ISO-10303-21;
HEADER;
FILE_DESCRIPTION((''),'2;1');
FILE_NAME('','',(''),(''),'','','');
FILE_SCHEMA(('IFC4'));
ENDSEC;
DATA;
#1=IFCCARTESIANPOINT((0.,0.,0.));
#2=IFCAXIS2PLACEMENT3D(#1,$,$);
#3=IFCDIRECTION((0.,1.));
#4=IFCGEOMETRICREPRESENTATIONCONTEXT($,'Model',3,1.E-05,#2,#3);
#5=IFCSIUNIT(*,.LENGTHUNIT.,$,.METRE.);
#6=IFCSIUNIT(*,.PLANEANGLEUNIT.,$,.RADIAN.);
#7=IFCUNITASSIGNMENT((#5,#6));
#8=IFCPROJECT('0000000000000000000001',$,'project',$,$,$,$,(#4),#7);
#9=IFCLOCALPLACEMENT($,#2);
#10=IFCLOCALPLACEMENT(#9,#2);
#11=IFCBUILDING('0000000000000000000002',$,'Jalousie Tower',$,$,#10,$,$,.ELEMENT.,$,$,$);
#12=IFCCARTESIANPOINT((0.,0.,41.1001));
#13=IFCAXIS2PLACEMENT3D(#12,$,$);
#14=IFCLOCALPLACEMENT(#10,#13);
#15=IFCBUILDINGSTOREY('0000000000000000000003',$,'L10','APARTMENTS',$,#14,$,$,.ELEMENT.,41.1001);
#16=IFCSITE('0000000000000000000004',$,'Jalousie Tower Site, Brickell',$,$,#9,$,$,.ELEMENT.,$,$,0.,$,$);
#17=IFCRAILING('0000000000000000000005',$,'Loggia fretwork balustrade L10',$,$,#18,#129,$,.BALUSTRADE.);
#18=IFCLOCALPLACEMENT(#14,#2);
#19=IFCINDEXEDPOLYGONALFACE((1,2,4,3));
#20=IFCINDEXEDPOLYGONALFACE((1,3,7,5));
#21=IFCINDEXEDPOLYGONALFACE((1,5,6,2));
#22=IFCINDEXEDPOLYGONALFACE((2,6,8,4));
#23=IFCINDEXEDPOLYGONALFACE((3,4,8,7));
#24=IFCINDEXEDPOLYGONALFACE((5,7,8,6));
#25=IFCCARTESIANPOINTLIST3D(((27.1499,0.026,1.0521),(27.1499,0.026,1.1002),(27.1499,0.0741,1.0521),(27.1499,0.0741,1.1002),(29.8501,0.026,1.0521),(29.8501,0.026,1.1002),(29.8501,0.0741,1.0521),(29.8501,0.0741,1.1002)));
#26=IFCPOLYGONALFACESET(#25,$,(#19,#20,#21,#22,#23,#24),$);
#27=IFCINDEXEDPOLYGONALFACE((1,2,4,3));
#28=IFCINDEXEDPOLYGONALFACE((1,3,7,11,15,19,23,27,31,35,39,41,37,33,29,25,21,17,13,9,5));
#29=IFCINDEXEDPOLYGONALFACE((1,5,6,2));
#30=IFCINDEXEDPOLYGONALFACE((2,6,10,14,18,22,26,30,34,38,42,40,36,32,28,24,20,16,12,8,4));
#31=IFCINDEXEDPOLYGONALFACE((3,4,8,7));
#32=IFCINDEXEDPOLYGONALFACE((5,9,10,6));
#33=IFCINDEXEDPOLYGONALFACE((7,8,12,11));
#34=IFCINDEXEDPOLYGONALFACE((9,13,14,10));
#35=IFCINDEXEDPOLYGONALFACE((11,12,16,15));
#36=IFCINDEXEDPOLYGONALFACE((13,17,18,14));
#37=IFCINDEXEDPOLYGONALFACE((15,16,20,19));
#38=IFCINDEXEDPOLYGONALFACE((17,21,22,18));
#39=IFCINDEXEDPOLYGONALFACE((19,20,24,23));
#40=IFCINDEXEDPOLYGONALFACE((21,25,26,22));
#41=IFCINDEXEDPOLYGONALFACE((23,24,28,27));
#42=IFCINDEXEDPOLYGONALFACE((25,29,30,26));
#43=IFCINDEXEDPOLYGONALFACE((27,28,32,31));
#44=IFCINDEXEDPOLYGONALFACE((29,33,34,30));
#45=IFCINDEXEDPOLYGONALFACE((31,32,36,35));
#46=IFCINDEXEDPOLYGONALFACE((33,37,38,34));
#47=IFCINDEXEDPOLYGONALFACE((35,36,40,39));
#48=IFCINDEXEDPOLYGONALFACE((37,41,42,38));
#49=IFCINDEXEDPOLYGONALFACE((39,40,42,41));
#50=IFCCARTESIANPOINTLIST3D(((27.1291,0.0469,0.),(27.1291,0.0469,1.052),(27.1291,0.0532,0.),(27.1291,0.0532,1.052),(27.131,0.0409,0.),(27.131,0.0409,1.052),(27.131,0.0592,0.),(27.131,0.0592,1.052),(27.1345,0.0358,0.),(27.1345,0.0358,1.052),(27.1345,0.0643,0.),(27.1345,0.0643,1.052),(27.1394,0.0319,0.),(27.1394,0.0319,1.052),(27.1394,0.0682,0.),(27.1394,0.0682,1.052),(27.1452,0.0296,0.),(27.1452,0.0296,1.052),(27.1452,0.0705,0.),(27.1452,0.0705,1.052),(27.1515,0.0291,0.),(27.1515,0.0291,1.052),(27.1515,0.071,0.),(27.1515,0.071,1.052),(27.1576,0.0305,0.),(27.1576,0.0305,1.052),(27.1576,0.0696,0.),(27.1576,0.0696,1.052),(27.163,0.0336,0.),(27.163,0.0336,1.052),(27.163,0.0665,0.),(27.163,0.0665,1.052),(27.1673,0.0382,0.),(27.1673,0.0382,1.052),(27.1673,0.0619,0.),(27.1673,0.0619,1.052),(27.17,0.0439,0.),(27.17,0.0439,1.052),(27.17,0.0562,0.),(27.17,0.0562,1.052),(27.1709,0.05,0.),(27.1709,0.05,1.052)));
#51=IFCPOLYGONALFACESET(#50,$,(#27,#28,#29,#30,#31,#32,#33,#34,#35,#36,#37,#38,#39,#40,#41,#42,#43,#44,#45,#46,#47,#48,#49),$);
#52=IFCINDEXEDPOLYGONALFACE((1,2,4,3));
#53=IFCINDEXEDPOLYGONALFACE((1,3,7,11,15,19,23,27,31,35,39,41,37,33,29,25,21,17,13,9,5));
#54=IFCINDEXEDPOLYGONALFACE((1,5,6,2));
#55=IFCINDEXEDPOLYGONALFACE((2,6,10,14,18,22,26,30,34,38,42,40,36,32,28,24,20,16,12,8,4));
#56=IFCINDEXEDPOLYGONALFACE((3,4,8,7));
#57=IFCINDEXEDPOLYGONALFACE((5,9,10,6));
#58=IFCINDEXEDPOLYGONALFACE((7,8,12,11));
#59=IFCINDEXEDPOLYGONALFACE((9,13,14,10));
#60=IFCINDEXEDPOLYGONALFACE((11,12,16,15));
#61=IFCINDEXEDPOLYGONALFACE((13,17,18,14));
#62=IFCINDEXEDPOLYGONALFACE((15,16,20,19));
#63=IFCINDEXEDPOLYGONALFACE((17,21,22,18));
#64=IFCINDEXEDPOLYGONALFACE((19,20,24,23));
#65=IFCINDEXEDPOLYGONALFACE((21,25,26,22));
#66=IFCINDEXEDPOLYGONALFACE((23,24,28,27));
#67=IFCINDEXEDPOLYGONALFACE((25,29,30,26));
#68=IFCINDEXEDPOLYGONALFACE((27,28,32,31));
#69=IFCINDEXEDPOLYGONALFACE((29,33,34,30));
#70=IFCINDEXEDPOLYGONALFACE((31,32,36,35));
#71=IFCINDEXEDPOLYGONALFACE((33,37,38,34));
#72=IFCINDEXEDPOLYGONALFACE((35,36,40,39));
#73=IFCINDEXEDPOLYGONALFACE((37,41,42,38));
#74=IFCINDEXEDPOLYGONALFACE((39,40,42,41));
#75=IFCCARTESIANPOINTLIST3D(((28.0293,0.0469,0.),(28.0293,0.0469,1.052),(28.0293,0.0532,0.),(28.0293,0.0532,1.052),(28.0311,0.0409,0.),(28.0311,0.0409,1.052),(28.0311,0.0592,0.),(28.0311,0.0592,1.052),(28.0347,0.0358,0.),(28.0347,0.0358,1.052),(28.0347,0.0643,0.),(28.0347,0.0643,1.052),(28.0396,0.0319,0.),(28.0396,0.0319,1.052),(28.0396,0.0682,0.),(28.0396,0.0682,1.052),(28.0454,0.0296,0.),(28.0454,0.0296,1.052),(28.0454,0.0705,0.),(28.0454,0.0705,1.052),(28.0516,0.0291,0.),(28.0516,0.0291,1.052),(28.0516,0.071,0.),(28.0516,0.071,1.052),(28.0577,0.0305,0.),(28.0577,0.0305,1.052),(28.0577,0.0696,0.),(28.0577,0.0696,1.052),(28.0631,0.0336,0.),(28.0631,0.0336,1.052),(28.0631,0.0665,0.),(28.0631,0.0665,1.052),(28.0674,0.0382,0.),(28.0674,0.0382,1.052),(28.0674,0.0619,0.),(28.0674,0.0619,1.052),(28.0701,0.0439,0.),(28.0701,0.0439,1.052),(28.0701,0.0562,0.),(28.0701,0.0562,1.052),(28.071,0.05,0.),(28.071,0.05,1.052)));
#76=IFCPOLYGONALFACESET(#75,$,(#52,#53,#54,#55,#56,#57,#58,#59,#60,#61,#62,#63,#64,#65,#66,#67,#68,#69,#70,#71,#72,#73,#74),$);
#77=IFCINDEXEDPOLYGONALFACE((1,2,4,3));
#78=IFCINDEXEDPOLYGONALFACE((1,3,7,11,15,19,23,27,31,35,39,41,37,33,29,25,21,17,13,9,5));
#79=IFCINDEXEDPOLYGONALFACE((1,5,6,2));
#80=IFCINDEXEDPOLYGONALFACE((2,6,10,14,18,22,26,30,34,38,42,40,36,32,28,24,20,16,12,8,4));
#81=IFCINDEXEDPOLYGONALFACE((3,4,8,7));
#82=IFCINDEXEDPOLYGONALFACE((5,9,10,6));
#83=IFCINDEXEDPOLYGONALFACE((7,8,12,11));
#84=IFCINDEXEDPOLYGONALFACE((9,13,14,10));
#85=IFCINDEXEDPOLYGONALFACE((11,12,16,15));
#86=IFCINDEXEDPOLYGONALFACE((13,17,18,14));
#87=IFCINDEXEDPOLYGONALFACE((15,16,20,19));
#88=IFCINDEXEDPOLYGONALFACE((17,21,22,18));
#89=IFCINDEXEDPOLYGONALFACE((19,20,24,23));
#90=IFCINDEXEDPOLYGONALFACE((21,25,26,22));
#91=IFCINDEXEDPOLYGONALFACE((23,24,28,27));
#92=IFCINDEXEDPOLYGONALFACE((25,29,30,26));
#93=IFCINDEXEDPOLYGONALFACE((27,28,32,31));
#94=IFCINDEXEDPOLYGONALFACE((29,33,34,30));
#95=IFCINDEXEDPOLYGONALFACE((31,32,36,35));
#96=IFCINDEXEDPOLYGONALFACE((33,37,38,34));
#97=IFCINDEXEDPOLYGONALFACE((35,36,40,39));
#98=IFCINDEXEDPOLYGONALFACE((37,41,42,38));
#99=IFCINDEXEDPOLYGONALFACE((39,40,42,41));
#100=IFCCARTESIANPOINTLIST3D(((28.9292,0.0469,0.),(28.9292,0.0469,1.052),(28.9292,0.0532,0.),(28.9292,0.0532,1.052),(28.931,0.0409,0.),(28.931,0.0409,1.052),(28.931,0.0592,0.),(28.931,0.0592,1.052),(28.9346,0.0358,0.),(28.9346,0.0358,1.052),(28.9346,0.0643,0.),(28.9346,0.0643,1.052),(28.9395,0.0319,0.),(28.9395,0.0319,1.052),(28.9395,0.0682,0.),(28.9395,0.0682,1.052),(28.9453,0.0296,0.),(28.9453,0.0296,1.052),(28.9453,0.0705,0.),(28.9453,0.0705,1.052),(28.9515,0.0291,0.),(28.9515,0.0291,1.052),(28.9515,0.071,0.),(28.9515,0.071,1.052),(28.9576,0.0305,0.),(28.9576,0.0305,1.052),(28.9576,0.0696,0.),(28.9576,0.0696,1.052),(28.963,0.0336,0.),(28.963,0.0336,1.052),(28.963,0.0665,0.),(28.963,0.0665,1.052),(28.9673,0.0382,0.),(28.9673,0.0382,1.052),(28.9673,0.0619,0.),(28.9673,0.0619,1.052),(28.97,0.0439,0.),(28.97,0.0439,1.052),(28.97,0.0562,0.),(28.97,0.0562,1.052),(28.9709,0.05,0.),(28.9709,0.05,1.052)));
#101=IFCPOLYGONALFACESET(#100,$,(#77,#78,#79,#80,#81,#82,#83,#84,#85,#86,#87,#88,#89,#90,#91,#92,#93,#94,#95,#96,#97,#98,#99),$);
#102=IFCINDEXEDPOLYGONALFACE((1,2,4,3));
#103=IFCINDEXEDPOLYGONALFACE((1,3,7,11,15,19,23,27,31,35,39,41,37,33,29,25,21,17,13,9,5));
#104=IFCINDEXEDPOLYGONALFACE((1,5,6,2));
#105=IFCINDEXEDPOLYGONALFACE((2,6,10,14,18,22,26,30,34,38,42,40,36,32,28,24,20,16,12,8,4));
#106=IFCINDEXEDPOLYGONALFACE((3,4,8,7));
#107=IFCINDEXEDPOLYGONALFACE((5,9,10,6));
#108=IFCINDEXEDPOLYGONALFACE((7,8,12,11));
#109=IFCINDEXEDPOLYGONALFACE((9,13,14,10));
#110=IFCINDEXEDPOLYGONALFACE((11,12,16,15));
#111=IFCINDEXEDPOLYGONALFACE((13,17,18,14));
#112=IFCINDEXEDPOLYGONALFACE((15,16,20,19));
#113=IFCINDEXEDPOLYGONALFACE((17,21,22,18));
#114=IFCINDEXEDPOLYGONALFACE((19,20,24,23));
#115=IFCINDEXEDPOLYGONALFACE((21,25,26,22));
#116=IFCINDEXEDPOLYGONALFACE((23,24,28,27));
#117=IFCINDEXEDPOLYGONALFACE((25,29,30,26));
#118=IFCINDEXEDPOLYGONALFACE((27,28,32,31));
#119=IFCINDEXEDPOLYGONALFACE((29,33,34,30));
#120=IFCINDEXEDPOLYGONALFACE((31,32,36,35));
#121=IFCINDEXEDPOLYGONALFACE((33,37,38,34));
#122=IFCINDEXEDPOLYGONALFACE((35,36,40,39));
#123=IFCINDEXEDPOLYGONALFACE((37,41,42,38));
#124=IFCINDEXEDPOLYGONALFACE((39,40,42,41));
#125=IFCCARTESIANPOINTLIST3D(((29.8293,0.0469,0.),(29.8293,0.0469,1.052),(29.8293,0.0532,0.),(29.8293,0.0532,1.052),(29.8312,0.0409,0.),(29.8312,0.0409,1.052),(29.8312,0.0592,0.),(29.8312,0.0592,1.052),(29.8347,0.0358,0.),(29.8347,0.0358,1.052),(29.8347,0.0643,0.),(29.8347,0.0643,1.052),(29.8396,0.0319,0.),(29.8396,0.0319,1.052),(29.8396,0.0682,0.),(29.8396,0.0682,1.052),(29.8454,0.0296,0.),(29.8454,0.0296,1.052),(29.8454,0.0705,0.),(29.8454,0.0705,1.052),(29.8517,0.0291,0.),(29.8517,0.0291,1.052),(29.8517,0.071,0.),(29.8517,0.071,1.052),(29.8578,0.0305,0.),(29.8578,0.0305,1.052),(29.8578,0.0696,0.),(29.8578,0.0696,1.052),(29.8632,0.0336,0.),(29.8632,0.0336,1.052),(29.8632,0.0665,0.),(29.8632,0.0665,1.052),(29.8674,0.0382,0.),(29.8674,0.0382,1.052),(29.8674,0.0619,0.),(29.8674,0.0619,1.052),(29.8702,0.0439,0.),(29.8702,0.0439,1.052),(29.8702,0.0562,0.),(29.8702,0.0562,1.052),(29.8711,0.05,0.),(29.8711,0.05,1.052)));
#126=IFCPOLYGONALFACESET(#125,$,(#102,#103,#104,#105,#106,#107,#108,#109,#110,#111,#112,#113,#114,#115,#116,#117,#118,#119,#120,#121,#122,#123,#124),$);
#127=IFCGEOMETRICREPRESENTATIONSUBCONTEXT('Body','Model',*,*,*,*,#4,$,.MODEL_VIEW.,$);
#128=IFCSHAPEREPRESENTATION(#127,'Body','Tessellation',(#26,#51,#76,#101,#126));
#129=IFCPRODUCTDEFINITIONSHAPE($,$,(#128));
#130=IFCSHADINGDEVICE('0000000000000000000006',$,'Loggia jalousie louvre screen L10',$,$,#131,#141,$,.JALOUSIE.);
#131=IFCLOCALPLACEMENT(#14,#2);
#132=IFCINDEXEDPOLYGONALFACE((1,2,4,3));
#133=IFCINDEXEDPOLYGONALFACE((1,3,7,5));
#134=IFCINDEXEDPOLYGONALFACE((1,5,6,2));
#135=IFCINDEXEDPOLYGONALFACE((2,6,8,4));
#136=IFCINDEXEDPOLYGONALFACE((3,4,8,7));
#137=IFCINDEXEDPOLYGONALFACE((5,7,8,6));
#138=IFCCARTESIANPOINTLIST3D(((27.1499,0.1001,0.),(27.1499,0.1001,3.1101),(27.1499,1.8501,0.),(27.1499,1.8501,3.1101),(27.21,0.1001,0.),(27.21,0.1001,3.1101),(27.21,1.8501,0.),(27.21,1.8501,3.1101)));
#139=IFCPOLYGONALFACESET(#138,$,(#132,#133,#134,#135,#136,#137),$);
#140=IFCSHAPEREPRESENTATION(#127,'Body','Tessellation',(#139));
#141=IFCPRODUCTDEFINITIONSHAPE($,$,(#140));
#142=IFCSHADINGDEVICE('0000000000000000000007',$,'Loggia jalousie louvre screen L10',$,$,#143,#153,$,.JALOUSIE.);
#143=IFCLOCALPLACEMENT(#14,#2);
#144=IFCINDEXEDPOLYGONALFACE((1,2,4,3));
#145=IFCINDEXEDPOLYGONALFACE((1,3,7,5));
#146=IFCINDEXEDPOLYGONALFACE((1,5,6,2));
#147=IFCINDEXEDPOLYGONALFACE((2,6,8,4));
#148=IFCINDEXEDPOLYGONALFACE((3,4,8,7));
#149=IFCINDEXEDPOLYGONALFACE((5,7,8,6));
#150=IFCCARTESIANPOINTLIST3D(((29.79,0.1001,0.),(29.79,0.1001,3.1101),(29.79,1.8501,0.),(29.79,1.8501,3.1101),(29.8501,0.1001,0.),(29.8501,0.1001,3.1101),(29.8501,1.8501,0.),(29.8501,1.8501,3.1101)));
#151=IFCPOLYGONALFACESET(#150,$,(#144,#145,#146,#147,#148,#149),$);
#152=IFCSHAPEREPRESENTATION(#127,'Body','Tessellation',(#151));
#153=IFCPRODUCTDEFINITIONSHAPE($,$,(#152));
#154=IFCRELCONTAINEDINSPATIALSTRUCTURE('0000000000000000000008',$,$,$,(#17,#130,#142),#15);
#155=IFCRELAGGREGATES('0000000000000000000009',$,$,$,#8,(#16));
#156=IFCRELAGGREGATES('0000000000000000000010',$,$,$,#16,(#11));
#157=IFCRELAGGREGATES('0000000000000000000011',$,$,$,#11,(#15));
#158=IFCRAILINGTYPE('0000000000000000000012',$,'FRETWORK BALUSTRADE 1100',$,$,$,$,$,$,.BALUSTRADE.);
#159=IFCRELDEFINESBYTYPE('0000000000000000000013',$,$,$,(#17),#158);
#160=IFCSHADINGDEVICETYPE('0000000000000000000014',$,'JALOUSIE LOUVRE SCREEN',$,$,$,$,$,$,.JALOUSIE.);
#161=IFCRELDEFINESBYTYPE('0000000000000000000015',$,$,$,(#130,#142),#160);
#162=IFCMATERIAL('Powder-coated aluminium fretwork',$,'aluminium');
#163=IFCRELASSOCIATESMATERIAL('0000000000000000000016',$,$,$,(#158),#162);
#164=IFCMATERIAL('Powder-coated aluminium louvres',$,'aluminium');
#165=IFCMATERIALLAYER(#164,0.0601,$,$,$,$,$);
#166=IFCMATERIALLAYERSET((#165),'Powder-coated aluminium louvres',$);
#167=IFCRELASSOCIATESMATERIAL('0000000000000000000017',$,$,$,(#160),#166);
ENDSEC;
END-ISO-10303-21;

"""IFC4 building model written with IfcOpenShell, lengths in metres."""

from ifc_helpers import new_model, si_unit, direction, frame, origin, origin_2d, place, context, subcontext, project, spatial, rectangle, circle, extrude, material, layer, layer_set, type_object, element, save


model = new_model("IFC4")

# Units and contexts
model_context = context("Model", 3, precision=1e-05, world=origin(), true_north=direction((0.0, 1.0)))
body_context = subcontext(model_context, "Body", "Model", "MODEL_VIEW")
ifc_project = project(units=[si_unit("LENGTHUNIT", "METRE"), si_unit("PLANEANGLEUNIT", "RADIAN")], contexts=[model_context])

# Site, building, storey
site_placement = place(None, origin())
site = spatial("IfcSite", under=ifc_project, at=site_placement, Name="Jalousie Tower Site, Brickell", CompositionType="ELEMENT", RefElevation=0.0)
building_placement = place(site_placement, origin())
building = spatial("IfcBuilding", under=site, at=building_placement, Name="Jalousie Tower", CompositionType="ELEMENT")
storey_placement = place(building_placement, frame((0.0, 0.0, 41.1001)))
storey = spatial("IfcBuildingStorey", under=building, at=storey_placement, Name="L10", Description="APARTMENTS", CompositionType="ELEMENT", Elevation=41.1001)

# Railing
ifc_material_1 = material(Name="Powder-coated aluminium fretwork", Category="aluminium")
railing_type = type_object("IfcRailingType", Name="FRETWORK BALUSTRADE 1100", PredefinedType="BALUSTRADE", material=ifc_material_1)
railing_placement = place(storey_placement, frame((27.1499, 0.05, 0.0)))
element("IfcRailing", 1, at=railing_placement, inside=storey, type_object=railing_type, Name="Loggia fretwork balustrade L10", PredefinedType="BALUSTRADE", context=body_context, shape_type="SweptSolid", body=[
    extrude(rectangle(XDim=0.0481, YDim=0.0481, at=origin_2d()), frame((0.0, 0.0, 1.0762), z_axis=(1.0, 0.0, 0.0), x_axis=(0.0, 1.0, 0.0)), (0.0, 0.0, 1.0), 2.7002),
    extrude(circle(Radius=0.021, at=origin_2d()), origin(), (0.0, 0.0, 1.0), 1.052),
    extrude(circle(Radius=0.021, at=origin_2d()), frame((0.9001, 0.0, 0.0)), (0.0, 0.0, 1.0), 1.052),
    extrude(circle(Radius=0.021, at=origin_2d()), frame((1.8, 0.0, 0.0)), (0.0, 0.0, 1.0), 1.052),
    extrude(circle(Radius=0.021, at=origin_2d()), frame((2.7002, 0.0, 0.0)), (0.0, 0.0, 1.0), 1.052),
])

# Shading devices
ifc_material_2 = material(Name="Powder-coated aluminium louvres", Category="aluminium")
ifc_layer_1 = layer(ifc_material_2, 0.0601)
ifc_layer_set_1 = layer_set([ifc_layer_1], Name="Powder-coated aluminium louvres")
shading_device_type_1 = type_object("IfcShadingDeviceType", Name="JALOUSIE LOUVRE SCREEN", PredefinedType="JALOUSIE", material=ifc_layer_set_1)
for number, where, z_axis, x_axis, name in (
    (2, (27.1799, 0.9751, 0.0), (0.0, 0.0, 1.0), (1.0, 0.0, 0.0), "Loggia jalousie louvre screen L10"),
    (3, (29.8201, 0.9751, 0.0), (0.0, 0.0, 1.0), (1.0, 0.0, 0.0), "Loggia jalousie louvre screen L10"),
):
    element("IfcShadingDevice", number, at=place(storey_placement, frame(where, z_axis=z_axis, x_axis=x_axis)), inside=storey, type_object=shading_device_type_1, Name=name, PredefinedType="JALOUSIE", context=body_context, shape_type="SweptSolid", body=[
        extrude(rectangle(XDim=0.0601, YDim=1.75, at=origin_2d()), origin(), (0.0, 0.0, 1.0), 3.1101),
    ])

save(model, "model.ifc")
